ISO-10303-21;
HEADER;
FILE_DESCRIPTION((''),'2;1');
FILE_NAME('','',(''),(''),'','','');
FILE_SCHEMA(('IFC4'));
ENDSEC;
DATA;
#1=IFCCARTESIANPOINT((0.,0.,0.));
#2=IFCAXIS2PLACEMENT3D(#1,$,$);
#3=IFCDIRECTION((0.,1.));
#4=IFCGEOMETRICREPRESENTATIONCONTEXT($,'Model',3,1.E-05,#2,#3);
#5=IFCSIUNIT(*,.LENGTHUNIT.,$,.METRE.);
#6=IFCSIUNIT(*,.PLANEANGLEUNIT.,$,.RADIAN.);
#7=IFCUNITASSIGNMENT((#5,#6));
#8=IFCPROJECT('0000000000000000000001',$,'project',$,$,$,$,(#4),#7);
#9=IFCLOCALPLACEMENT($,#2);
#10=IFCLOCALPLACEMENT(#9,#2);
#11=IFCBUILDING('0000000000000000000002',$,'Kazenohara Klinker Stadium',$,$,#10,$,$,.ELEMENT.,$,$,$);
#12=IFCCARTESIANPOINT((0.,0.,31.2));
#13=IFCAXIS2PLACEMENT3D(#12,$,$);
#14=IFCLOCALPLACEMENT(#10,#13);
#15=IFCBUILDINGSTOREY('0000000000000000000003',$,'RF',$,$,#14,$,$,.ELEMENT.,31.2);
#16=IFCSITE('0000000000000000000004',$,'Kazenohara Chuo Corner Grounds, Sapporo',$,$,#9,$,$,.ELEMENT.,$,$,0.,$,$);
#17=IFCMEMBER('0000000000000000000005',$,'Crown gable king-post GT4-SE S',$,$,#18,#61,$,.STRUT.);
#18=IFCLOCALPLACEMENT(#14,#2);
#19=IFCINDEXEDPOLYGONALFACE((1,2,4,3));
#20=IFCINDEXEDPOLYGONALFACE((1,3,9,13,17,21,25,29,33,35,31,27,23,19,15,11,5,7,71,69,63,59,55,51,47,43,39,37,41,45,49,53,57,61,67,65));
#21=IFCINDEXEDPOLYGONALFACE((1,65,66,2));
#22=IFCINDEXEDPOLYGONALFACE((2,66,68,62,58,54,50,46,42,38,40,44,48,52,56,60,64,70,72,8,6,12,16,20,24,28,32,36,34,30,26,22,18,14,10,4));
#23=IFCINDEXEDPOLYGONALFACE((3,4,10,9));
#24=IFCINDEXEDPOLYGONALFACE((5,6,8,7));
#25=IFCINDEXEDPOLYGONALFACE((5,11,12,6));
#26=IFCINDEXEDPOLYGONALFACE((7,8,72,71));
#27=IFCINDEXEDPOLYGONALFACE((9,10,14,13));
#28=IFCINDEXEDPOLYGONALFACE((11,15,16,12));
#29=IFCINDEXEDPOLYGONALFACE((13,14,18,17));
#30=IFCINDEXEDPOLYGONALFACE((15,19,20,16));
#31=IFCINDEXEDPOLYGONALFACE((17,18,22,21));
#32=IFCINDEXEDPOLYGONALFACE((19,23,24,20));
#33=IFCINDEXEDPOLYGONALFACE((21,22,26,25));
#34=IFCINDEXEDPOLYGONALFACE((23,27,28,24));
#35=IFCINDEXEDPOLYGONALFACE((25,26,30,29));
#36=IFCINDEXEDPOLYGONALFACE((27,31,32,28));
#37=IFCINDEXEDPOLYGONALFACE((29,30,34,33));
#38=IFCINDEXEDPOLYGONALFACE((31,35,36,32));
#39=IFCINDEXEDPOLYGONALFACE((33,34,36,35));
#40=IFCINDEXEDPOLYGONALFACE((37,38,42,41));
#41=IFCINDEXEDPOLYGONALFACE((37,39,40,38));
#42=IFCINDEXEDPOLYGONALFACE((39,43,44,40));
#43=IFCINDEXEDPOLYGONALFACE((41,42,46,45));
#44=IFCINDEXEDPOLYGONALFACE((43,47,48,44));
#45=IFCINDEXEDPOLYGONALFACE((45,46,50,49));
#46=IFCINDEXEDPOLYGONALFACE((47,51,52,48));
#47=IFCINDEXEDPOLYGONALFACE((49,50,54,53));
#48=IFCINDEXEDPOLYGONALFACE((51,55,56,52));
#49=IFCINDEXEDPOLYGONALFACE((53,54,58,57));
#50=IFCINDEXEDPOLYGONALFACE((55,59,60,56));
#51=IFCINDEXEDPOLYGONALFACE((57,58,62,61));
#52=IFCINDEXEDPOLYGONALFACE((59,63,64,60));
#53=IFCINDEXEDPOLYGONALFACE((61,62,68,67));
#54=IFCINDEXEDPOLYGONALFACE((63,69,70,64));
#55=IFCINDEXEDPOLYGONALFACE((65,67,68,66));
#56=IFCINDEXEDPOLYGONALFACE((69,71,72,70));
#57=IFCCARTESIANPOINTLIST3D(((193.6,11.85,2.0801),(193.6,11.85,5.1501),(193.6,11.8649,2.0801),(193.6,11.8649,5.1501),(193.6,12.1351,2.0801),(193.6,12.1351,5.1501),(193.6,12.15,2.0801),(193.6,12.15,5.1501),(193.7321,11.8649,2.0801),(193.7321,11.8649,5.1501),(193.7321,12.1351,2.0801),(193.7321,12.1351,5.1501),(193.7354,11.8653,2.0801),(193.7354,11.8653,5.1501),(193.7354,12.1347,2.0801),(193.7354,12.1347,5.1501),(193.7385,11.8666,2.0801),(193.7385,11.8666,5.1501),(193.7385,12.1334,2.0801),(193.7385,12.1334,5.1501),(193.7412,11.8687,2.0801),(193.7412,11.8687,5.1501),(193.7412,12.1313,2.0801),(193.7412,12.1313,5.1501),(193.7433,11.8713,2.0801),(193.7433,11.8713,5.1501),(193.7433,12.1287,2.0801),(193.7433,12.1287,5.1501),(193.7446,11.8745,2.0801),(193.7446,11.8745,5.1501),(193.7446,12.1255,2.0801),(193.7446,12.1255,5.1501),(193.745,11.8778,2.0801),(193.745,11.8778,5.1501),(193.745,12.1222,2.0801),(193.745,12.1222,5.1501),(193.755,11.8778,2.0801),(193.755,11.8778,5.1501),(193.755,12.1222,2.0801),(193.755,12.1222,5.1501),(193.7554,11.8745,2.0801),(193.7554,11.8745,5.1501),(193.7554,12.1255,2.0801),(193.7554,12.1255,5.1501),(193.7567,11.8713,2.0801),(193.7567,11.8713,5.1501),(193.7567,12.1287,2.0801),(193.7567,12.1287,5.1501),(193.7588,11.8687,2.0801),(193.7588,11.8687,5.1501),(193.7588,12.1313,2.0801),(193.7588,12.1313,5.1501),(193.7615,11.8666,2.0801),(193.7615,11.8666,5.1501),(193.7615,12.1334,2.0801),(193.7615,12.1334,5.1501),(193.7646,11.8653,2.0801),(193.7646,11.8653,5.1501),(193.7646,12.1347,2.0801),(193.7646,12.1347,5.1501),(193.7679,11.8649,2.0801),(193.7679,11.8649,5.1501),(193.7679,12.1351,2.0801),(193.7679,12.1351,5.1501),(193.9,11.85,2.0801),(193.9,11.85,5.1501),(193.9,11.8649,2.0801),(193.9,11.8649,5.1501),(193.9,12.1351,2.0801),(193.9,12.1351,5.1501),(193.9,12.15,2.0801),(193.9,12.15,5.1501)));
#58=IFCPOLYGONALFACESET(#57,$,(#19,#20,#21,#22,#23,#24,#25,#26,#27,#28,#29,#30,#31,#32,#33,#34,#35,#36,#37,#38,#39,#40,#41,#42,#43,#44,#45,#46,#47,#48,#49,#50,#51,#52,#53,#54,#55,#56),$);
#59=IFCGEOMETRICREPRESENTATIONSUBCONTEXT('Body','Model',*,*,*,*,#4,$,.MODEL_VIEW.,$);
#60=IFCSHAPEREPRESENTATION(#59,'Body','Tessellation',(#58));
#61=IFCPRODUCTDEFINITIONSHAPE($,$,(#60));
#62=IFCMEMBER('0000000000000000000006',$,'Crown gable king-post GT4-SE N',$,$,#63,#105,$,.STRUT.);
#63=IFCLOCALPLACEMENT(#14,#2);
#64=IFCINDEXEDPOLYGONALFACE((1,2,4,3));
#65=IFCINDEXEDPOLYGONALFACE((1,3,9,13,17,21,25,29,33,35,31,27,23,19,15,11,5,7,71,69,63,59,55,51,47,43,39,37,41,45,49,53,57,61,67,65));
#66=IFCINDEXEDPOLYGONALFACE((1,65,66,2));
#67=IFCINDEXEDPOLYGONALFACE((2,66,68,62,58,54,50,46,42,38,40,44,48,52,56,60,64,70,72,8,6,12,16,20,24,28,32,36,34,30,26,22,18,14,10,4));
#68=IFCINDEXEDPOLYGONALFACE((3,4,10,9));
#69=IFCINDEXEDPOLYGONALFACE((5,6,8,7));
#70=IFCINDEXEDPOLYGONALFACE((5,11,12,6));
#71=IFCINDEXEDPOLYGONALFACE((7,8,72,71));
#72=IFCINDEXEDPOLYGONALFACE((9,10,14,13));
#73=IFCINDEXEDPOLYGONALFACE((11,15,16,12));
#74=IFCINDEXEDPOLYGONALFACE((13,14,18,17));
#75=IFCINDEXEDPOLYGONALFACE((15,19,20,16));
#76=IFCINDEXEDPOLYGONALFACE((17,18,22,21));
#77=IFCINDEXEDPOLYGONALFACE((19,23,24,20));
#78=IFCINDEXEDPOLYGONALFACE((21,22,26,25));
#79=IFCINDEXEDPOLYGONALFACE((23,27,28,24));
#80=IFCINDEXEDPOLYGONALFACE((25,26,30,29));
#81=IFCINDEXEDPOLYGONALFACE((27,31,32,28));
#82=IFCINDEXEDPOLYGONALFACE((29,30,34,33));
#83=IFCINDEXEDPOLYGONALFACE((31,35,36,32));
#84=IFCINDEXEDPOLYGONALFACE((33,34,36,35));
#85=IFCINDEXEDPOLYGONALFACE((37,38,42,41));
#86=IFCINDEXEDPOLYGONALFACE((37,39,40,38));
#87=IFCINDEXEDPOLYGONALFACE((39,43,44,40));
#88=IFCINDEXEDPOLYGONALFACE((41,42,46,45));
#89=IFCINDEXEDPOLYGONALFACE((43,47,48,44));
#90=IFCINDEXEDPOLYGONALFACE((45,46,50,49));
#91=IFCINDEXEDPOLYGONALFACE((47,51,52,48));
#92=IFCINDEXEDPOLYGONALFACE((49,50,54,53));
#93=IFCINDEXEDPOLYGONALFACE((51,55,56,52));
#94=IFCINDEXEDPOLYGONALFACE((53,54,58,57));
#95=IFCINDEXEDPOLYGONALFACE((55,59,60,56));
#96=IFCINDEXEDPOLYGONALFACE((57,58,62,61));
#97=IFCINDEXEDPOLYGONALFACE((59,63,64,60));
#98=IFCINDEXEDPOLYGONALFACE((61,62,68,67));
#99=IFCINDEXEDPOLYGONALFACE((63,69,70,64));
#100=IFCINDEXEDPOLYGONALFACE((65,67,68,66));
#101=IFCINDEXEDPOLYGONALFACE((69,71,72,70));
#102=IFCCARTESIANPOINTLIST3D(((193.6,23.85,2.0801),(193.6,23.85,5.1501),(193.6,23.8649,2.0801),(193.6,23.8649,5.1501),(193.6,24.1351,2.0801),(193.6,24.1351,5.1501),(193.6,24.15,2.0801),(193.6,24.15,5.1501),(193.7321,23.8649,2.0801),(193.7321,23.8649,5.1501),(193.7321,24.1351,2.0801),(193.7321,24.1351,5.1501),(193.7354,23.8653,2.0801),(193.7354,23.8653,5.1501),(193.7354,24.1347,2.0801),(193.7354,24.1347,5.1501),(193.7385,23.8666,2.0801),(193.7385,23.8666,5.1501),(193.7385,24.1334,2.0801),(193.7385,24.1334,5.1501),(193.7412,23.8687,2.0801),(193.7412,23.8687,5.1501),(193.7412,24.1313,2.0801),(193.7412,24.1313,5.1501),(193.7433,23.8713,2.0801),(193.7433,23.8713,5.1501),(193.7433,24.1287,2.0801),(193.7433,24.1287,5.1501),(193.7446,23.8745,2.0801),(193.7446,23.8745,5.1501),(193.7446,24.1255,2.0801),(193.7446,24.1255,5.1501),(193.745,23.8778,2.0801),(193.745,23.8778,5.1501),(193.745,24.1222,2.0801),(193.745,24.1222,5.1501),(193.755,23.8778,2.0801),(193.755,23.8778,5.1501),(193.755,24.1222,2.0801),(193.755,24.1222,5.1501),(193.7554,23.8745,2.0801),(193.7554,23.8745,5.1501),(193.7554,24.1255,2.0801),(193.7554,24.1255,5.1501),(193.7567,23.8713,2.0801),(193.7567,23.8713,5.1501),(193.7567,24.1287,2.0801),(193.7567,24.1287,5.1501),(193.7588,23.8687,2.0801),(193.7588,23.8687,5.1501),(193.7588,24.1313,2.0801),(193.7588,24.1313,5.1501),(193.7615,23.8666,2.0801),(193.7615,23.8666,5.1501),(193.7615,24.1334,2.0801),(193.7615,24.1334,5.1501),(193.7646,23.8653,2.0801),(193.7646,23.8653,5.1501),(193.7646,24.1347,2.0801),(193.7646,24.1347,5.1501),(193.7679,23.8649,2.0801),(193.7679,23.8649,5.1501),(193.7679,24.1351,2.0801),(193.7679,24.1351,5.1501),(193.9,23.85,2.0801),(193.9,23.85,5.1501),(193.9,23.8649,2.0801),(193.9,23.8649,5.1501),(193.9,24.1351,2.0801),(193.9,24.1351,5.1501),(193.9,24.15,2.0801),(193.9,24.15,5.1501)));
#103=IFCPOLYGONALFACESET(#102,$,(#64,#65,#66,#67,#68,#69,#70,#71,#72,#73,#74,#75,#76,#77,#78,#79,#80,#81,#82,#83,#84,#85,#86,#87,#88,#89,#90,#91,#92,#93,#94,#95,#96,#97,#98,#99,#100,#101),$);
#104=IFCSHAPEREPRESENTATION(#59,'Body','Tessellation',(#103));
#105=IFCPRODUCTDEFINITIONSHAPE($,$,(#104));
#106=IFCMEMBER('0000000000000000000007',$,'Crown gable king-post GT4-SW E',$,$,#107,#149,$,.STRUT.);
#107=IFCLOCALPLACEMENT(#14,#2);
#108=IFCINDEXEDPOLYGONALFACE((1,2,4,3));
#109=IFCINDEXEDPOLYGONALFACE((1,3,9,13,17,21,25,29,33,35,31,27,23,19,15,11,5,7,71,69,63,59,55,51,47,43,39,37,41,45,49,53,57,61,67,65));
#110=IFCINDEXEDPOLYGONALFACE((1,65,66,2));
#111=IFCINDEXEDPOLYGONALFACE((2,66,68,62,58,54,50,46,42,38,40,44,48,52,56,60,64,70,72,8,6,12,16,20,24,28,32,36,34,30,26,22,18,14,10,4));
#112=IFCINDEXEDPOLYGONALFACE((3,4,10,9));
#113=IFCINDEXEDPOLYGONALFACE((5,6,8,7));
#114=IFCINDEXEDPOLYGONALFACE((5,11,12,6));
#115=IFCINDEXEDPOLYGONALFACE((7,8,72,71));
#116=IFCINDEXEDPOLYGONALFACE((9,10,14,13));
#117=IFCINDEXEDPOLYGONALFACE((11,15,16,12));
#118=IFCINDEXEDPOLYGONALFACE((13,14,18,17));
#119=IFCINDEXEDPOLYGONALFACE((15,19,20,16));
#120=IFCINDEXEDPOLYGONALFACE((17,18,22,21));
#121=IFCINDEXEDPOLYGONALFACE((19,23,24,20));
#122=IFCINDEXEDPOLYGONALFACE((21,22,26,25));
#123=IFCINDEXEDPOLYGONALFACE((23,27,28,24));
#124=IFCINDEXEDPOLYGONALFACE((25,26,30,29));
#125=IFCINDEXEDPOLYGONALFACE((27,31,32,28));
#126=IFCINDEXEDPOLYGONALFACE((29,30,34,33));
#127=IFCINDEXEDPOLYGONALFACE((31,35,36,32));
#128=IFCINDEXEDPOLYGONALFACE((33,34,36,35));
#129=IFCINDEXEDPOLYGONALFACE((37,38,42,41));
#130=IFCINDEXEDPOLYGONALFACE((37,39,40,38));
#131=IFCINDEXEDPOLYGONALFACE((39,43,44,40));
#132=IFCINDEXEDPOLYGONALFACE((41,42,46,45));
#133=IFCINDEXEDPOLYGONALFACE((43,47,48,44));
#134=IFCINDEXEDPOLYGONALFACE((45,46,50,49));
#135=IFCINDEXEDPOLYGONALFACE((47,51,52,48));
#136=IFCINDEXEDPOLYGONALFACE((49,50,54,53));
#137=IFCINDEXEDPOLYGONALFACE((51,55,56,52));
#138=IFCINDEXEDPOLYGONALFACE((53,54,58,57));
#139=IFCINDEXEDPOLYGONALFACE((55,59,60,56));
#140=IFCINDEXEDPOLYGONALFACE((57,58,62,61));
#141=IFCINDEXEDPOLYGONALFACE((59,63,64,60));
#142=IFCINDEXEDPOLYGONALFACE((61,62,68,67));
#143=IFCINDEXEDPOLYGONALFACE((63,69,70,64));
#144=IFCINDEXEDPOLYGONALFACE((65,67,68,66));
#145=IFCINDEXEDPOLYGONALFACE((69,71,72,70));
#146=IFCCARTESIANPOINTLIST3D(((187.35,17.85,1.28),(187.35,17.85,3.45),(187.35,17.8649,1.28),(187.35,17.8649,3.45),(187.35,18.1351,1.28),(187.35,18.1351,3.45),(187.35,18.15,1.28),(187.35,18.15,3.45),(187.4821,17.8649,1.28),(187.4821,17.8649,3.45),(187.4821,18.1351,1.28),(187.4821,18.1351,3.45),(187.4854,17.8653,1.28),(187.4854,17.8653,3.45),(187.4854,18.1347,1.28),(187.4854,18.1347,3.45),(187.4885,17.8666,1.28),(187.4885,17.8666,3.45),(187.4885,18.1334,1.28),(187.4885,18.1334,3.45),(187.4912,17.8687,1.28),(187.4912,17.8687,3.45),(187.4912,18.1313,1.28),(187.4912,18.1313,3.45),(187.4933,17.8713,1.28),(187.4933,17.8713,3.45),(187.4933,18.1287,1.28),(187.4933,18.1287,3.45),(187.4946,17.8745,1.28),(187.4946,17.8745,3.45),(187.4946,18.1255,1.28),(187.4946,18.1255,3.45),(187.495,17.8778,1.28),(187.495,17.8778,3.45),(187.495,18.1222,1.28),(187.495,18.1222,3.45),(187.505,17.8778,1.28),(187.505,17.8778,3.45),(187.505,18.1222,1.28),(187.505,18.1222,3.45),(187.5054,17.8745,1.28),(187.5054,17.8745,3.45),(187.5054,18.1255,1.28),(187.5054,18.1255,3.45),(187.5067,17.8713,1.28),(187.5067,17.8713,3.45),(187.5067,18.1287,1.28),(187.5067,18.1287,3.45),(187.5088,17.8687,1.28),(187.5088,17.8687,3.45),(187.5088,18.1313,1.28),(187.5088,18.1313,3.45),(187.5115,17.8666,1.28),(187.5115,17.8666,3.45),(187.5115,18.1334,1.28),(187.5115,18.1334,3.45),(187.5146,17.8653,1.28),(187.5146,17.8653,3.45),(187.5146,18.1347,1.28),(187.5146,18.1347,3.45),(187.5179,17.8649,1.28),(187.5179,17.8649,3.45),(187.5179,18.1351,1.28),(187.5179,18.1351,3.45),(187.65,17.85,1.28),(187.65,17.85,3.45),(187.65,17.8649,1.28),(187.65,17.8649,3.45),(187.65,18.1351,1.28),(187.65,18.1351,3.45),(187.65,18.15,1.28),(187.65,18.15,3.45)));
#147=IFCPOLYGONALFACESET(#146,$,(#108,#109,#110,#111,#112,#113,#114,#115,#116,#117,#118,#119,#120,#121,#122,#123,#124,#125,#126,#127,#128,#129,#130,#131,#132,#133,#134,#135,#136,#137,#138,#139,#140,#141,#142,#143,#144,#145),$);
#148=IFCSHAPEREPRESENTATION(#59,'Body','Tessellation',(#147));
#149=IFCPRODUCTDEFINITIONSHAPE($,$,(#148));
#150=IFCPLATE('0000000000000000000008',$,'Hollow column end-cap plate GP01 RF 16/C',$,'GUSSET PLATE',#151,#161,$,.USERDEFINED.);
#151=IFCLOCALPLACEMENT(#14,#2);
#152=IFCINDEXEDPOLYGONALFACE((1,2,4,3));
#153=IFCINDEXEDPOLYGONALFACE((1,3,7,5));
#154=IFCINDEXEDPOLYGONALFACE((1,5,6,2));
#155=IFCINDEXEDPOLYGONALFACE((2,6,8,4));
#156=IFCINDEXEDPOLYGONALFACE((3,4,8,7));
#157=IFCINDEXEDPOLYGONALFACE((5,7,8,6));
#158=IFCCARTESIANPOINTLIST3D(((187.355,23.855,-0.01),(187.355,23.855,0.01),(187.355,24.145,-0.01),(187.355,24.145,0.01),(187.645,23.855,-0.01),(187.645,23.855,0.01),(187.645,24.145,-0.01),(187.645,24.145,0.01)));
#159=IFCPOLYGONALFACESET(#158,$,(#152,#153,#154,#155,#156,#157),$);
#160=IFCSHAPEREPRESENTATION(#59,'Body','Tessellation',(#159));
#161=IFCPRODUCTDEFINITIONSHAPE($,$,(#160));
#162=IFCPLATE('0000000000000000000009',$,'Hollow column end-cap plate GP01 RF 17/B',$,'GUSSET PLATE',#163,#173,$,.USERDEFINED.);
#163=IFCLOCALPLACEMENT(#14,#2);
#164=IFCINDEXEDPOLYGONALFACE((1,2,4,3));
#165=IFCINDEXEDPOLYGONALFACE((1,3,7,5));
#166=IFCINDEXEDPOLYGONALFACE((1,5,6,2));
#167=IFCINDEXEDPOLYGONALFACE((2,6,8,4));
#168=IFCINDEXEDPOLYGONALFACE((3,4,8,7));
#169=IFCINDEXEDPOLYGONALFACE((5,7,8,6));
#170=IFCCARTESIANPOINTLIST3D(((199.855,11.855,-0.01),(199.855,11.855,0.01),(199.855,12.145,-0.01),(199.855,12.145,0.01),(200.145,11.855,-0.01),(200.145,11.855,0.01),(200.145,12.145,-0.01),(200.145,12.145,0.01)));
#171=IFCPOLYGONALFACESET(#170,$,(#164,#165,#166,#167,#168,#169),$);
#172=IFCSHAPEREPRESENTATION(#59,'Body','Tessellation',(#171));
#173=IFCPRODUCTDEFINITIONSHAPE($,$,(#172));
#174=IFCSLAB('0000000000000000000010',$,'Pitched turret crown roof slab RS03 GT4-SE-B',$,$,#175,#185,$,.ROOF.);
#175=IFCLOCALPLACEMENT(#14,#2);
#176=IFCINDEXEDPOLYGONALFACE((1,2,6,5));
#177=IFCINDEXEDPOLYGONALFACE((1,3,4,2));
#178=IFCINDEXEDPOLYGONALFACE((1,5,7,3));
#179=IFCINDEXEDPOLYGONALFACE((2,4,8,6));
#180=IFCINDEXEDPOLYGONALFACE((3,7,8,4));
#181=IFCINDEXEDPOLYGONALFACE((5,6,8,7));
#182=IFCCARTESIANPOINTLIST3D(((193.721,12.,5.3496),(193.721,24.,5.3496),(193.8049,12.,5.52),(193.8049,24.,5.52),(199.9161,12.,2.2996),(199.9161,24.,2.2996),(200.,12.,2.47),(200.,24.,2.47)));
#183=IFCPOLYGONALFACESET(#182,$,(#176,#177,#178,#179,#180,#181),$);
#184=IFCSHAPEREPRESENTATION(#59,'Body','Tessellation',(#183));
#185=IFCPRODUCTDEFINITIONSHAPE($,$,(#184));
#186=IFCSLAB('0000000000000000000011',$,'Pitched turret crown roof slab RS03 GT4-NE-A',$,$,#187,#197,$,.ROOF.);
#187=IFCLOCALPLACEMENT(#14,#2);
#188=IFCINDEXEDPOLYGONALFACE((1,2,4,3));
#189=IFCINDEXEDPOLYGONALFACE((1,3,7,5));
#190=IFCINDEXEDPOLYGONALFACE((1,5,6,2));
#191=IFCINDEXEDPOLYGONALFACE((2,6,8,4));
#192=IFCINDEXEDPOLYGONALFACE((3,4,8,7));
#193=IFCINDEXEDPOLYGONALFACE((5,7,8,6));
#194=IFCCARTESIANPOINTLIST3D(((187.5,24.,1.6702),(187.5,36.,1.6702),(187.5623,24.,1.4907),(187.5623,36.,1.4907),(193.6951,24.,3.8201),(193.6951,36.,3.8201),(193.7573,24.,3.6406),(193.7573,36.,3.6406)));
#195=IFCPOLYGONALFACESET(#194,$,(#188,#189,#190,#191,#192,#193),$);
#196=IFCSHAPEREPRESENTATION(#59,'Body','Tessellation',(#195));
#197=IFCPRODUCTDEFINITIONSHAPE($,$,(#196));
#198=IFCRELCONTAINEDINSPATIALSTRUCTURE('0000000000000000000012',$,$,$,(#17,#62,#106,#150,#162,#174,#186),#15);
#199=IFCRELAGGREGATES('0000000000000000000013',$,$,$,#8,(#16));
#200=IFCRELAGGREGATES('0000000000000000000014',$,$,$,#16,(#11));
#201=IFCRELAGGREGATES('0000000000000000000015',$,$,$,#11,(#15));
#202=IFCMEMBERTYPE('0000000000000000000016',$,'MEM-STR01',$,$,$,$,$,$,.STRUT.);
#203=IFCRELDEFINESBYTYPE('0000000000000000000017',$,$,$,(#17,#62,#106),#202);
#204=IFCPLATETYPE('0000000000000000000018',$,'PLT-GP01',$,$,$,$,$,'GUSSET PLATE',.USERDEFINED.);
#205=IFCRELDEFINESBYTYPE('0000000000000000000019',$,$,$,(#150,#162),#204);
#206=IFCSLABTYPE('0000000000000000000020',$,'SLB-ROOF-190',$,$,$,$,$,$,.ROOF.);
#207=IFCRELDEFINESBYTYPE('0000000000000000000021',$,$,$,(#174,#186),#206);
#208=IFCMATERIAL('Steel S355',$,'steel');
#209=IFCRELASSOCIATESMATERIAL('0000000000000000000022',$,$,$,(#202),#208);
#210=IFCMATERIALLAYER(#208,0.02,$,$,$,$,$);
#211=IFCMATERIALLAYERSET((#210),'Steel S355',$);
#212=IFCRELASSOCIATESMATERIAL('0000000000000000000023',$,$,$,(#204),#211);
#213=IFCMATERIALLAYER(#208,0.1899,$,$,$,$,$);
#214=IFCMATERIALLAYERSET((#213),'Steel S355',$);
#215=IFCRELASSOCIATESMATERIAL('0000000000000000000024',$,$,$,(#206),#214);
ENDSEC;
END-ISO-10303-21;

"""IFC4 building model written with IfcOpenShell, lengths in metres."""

from ifc_helpers import new_model, si_unit, direction, frame, origin, origin_2d, place, context, subcontext, project, spatial, polyline, rectangle, i_section, outline, extrude, material, layer, layer_set, material_profile, profile_set, type_object, element, save


model = new_model("IFC4")

# Units and contexts
model_context = context("Model", 3, precision=1e-05, world=origin(), true_north=direction((0.0, 1.0)))
body_context = subcontext(model_context, "Body", "Model", "MODEL_VIEW")
ifc_project = project(units=[si_unit("LENGTHUNIT", "METRE"), si_unit("PLANEANGLEUNIT", "RADIAN")], contexts=[model_context])

# Site, building, storey
site_placement = place(None, origin())
site = spatial("IfcSite", under=ifc_project, at=site_placement, Name="Kazenohara Chuo Corner Grounds, Sapporo", CompositionType="ELEMENT", RefElevation=0.0)
building_placement = place(site_placement, origin())
building = spatial("IfcBuilding", under=site, at=building_placement, Name="Kazenohara Klinker Stadium", CompositionType="ELEMENT")
storey_placement = place(building_placement, frame((0.0, 0.0, 31.2)))
storey = spatial("IfcBuildingStorey", under=building, at=storey_placement, Name="RF", CompositionType="ELEMENT", Elevation=31.2)

# Members
ifc_material_1 = material(Name="Steel S355", Category="steel")
ifc_material_profile_1 = material_profile(ifc_material_1, i_section(OverallWidth=0.3, OverallDepth=0.3, WebThickness=0.01, FlangeThickness=0.0149, FilletRadius=0.0129, at=origin_2d()), Name="H-300x300x10x15")
ifc_profile_set_1 = profile_set([ifc_material_profile_1], Name="Steel S355")
member_type_1 = type_object("IfcMemberType", Name="MEM-STR01", PredefinedType="STRUT", material=ifc_profile_set_1)
for number, where, z_axis, x_axis, name in (
    (1, (193.75, 12.0, 2.0801), (0.0, 0.0, 1.0), (1.0, 0.0, 0.0), "Crown gable king-post GT4-SE S"),
    (2, (193.75, 24.0, 2.0801), (0.0, 0.0, 1.0), (1.0, 0.0, 0.0), "Crown gable king-post GT4-SE N"),
):
    element("IfcMember", number, at=place(storey_placement, frame(where, z_axis=z_axis, x_axis=x_axis)), inside=storey, type_object=member_type_1, Name=name, PredefinedType="STRUT", context=body_context, shape_type="SweptSolid", body=[
        extrude(i_section(OverallWidth=0.3, OverallDepth=0.3, WebThickness=0.01, FlangeThickness=0.0149, FilletRadius=0.0129, at=origin_2d()), origin(), (0.0, 0.0, 1.0), 3.0701),
    ])
member_1_placement = place(storey_placement, frame((187.5, 18.0, 1.28), z_axis=(0.0, 0.0, 1.0), x_axis=(1.0, 0.0, 0.0)))
element("IfcMember", 3, at=member_1_placement, inside=storey, type_object=member_type_1, Name="Crown gable king-post GT4-SW E", PredefinedType="STRUT", context=body_context, shape_type="SweptSolid", body=[
    extrude(i_section(OverallWidth=0.3, OverallDepth=0.3, WebThickness=0.01, FlangeThickness=0.0149, FilletRadius=0.0129, at=origin_2d()), origin(), (0.0, 0.0, 1.0), 2.1699),
])

# Plates
ifc_layer_1 = layer(ifc_material_1, 0.02)
ifc_layer_set_1 = layer_set([ifc_layer_1], Name="Steel S355")
plate_type = type_object("IfcPlateType", Name="PLT-GP01", ElementType="GUSSET PLATE", PredefinedType="USERDEFINED", material=ifc_layer_set_1)
for number, where, z_axis, x_axis, name in (
    (4, (187.5, 24.0, -0.01), (0.0, 0.0, 1.0), (1.0, 0.0, 0.0), "Hollow column end-cap plate GP01 RF 16/C"),
    (5, (200.0, 12.0, -0.01), (0.0, 0.0, 1.0), (1.0, 0.0, 0.0), "Hollow column end-cap plate GP01 RF 17/B"),
):
    element("IfcPlate", number, at=place(storey_placement, frame(where, z_axis=z_axis, x_axis=x_axis)), inside=storey, type_object=plate_type, Name=name, ObjectType="GUSSET PLATE", PredefinedType="USERDEFINED", context=body_context, shape_type="SweptSolid", body=[
        extrude(rectangle(XDim=0.29, YDim=0.29, at=origin_2d()), origin(), (0.0, 0.0, 1.0), 0.02),
    ])

# Slabs
ifc_layer_2 = layer(ifc_material_1, 0.1899)
ifc_layer_set_2 = layer_set([ifc_layer_2], Name="Steel S355")
slab_type = type_object("IfcSlabType", Name="SLB-ROOF-190", PredefinedType="ROOF", material=ifc_layer_set_2)
slab_1_placement = place(storey_placement, frame((193.8049, 12.0, 5.52), z_axis=(0.441704, 0.0, 0.897161), x_axis=(0.897161, 0.0, -0.441704)))
element("IfcSlab", 6, at=slab_1_placement, inside=storey, type_object=slab_type, Name="Pitched turret crown roof slab RS03 GT4-SE-B", PredefinedType="ROOF", context=body_context, shape_type="SweptSolid", body=[
    extrude(outline(polyline([(0.0, 0.0), (6.9052, 0.0), (6.9052, 12.0), (0.0, 12.0), (0.0, 0.0)])), origin(), (0.0, 0.0, -1.0), 0.1899),
])
slab_2_placement = place(storey_placement, frame((187.5, 24.0, 1.6702), z_axis=(-0.327853, 0.0, 0.944729), x_axis=(0.944729, 0.0, 0.327853)))
element("IfcSlab", 7, at=slab_2_placement, inside=storey, type_object=slab_type, Name="Pitched turret crown roof slab RS03 GT4-NE-A", PredefinedType="ROOF", context=body_context, shape_type="SweptSolid", body=[
    extrude(outline(polyline([(0.0, 0.0), (6.5575, 0.0), (6.5575, 12.0), (0.0, 12.0), (0.0, 0.0)])), origin(), (0.0, 0.0, -1.0), 0.1899),
])

save(model, "model.ifc")
